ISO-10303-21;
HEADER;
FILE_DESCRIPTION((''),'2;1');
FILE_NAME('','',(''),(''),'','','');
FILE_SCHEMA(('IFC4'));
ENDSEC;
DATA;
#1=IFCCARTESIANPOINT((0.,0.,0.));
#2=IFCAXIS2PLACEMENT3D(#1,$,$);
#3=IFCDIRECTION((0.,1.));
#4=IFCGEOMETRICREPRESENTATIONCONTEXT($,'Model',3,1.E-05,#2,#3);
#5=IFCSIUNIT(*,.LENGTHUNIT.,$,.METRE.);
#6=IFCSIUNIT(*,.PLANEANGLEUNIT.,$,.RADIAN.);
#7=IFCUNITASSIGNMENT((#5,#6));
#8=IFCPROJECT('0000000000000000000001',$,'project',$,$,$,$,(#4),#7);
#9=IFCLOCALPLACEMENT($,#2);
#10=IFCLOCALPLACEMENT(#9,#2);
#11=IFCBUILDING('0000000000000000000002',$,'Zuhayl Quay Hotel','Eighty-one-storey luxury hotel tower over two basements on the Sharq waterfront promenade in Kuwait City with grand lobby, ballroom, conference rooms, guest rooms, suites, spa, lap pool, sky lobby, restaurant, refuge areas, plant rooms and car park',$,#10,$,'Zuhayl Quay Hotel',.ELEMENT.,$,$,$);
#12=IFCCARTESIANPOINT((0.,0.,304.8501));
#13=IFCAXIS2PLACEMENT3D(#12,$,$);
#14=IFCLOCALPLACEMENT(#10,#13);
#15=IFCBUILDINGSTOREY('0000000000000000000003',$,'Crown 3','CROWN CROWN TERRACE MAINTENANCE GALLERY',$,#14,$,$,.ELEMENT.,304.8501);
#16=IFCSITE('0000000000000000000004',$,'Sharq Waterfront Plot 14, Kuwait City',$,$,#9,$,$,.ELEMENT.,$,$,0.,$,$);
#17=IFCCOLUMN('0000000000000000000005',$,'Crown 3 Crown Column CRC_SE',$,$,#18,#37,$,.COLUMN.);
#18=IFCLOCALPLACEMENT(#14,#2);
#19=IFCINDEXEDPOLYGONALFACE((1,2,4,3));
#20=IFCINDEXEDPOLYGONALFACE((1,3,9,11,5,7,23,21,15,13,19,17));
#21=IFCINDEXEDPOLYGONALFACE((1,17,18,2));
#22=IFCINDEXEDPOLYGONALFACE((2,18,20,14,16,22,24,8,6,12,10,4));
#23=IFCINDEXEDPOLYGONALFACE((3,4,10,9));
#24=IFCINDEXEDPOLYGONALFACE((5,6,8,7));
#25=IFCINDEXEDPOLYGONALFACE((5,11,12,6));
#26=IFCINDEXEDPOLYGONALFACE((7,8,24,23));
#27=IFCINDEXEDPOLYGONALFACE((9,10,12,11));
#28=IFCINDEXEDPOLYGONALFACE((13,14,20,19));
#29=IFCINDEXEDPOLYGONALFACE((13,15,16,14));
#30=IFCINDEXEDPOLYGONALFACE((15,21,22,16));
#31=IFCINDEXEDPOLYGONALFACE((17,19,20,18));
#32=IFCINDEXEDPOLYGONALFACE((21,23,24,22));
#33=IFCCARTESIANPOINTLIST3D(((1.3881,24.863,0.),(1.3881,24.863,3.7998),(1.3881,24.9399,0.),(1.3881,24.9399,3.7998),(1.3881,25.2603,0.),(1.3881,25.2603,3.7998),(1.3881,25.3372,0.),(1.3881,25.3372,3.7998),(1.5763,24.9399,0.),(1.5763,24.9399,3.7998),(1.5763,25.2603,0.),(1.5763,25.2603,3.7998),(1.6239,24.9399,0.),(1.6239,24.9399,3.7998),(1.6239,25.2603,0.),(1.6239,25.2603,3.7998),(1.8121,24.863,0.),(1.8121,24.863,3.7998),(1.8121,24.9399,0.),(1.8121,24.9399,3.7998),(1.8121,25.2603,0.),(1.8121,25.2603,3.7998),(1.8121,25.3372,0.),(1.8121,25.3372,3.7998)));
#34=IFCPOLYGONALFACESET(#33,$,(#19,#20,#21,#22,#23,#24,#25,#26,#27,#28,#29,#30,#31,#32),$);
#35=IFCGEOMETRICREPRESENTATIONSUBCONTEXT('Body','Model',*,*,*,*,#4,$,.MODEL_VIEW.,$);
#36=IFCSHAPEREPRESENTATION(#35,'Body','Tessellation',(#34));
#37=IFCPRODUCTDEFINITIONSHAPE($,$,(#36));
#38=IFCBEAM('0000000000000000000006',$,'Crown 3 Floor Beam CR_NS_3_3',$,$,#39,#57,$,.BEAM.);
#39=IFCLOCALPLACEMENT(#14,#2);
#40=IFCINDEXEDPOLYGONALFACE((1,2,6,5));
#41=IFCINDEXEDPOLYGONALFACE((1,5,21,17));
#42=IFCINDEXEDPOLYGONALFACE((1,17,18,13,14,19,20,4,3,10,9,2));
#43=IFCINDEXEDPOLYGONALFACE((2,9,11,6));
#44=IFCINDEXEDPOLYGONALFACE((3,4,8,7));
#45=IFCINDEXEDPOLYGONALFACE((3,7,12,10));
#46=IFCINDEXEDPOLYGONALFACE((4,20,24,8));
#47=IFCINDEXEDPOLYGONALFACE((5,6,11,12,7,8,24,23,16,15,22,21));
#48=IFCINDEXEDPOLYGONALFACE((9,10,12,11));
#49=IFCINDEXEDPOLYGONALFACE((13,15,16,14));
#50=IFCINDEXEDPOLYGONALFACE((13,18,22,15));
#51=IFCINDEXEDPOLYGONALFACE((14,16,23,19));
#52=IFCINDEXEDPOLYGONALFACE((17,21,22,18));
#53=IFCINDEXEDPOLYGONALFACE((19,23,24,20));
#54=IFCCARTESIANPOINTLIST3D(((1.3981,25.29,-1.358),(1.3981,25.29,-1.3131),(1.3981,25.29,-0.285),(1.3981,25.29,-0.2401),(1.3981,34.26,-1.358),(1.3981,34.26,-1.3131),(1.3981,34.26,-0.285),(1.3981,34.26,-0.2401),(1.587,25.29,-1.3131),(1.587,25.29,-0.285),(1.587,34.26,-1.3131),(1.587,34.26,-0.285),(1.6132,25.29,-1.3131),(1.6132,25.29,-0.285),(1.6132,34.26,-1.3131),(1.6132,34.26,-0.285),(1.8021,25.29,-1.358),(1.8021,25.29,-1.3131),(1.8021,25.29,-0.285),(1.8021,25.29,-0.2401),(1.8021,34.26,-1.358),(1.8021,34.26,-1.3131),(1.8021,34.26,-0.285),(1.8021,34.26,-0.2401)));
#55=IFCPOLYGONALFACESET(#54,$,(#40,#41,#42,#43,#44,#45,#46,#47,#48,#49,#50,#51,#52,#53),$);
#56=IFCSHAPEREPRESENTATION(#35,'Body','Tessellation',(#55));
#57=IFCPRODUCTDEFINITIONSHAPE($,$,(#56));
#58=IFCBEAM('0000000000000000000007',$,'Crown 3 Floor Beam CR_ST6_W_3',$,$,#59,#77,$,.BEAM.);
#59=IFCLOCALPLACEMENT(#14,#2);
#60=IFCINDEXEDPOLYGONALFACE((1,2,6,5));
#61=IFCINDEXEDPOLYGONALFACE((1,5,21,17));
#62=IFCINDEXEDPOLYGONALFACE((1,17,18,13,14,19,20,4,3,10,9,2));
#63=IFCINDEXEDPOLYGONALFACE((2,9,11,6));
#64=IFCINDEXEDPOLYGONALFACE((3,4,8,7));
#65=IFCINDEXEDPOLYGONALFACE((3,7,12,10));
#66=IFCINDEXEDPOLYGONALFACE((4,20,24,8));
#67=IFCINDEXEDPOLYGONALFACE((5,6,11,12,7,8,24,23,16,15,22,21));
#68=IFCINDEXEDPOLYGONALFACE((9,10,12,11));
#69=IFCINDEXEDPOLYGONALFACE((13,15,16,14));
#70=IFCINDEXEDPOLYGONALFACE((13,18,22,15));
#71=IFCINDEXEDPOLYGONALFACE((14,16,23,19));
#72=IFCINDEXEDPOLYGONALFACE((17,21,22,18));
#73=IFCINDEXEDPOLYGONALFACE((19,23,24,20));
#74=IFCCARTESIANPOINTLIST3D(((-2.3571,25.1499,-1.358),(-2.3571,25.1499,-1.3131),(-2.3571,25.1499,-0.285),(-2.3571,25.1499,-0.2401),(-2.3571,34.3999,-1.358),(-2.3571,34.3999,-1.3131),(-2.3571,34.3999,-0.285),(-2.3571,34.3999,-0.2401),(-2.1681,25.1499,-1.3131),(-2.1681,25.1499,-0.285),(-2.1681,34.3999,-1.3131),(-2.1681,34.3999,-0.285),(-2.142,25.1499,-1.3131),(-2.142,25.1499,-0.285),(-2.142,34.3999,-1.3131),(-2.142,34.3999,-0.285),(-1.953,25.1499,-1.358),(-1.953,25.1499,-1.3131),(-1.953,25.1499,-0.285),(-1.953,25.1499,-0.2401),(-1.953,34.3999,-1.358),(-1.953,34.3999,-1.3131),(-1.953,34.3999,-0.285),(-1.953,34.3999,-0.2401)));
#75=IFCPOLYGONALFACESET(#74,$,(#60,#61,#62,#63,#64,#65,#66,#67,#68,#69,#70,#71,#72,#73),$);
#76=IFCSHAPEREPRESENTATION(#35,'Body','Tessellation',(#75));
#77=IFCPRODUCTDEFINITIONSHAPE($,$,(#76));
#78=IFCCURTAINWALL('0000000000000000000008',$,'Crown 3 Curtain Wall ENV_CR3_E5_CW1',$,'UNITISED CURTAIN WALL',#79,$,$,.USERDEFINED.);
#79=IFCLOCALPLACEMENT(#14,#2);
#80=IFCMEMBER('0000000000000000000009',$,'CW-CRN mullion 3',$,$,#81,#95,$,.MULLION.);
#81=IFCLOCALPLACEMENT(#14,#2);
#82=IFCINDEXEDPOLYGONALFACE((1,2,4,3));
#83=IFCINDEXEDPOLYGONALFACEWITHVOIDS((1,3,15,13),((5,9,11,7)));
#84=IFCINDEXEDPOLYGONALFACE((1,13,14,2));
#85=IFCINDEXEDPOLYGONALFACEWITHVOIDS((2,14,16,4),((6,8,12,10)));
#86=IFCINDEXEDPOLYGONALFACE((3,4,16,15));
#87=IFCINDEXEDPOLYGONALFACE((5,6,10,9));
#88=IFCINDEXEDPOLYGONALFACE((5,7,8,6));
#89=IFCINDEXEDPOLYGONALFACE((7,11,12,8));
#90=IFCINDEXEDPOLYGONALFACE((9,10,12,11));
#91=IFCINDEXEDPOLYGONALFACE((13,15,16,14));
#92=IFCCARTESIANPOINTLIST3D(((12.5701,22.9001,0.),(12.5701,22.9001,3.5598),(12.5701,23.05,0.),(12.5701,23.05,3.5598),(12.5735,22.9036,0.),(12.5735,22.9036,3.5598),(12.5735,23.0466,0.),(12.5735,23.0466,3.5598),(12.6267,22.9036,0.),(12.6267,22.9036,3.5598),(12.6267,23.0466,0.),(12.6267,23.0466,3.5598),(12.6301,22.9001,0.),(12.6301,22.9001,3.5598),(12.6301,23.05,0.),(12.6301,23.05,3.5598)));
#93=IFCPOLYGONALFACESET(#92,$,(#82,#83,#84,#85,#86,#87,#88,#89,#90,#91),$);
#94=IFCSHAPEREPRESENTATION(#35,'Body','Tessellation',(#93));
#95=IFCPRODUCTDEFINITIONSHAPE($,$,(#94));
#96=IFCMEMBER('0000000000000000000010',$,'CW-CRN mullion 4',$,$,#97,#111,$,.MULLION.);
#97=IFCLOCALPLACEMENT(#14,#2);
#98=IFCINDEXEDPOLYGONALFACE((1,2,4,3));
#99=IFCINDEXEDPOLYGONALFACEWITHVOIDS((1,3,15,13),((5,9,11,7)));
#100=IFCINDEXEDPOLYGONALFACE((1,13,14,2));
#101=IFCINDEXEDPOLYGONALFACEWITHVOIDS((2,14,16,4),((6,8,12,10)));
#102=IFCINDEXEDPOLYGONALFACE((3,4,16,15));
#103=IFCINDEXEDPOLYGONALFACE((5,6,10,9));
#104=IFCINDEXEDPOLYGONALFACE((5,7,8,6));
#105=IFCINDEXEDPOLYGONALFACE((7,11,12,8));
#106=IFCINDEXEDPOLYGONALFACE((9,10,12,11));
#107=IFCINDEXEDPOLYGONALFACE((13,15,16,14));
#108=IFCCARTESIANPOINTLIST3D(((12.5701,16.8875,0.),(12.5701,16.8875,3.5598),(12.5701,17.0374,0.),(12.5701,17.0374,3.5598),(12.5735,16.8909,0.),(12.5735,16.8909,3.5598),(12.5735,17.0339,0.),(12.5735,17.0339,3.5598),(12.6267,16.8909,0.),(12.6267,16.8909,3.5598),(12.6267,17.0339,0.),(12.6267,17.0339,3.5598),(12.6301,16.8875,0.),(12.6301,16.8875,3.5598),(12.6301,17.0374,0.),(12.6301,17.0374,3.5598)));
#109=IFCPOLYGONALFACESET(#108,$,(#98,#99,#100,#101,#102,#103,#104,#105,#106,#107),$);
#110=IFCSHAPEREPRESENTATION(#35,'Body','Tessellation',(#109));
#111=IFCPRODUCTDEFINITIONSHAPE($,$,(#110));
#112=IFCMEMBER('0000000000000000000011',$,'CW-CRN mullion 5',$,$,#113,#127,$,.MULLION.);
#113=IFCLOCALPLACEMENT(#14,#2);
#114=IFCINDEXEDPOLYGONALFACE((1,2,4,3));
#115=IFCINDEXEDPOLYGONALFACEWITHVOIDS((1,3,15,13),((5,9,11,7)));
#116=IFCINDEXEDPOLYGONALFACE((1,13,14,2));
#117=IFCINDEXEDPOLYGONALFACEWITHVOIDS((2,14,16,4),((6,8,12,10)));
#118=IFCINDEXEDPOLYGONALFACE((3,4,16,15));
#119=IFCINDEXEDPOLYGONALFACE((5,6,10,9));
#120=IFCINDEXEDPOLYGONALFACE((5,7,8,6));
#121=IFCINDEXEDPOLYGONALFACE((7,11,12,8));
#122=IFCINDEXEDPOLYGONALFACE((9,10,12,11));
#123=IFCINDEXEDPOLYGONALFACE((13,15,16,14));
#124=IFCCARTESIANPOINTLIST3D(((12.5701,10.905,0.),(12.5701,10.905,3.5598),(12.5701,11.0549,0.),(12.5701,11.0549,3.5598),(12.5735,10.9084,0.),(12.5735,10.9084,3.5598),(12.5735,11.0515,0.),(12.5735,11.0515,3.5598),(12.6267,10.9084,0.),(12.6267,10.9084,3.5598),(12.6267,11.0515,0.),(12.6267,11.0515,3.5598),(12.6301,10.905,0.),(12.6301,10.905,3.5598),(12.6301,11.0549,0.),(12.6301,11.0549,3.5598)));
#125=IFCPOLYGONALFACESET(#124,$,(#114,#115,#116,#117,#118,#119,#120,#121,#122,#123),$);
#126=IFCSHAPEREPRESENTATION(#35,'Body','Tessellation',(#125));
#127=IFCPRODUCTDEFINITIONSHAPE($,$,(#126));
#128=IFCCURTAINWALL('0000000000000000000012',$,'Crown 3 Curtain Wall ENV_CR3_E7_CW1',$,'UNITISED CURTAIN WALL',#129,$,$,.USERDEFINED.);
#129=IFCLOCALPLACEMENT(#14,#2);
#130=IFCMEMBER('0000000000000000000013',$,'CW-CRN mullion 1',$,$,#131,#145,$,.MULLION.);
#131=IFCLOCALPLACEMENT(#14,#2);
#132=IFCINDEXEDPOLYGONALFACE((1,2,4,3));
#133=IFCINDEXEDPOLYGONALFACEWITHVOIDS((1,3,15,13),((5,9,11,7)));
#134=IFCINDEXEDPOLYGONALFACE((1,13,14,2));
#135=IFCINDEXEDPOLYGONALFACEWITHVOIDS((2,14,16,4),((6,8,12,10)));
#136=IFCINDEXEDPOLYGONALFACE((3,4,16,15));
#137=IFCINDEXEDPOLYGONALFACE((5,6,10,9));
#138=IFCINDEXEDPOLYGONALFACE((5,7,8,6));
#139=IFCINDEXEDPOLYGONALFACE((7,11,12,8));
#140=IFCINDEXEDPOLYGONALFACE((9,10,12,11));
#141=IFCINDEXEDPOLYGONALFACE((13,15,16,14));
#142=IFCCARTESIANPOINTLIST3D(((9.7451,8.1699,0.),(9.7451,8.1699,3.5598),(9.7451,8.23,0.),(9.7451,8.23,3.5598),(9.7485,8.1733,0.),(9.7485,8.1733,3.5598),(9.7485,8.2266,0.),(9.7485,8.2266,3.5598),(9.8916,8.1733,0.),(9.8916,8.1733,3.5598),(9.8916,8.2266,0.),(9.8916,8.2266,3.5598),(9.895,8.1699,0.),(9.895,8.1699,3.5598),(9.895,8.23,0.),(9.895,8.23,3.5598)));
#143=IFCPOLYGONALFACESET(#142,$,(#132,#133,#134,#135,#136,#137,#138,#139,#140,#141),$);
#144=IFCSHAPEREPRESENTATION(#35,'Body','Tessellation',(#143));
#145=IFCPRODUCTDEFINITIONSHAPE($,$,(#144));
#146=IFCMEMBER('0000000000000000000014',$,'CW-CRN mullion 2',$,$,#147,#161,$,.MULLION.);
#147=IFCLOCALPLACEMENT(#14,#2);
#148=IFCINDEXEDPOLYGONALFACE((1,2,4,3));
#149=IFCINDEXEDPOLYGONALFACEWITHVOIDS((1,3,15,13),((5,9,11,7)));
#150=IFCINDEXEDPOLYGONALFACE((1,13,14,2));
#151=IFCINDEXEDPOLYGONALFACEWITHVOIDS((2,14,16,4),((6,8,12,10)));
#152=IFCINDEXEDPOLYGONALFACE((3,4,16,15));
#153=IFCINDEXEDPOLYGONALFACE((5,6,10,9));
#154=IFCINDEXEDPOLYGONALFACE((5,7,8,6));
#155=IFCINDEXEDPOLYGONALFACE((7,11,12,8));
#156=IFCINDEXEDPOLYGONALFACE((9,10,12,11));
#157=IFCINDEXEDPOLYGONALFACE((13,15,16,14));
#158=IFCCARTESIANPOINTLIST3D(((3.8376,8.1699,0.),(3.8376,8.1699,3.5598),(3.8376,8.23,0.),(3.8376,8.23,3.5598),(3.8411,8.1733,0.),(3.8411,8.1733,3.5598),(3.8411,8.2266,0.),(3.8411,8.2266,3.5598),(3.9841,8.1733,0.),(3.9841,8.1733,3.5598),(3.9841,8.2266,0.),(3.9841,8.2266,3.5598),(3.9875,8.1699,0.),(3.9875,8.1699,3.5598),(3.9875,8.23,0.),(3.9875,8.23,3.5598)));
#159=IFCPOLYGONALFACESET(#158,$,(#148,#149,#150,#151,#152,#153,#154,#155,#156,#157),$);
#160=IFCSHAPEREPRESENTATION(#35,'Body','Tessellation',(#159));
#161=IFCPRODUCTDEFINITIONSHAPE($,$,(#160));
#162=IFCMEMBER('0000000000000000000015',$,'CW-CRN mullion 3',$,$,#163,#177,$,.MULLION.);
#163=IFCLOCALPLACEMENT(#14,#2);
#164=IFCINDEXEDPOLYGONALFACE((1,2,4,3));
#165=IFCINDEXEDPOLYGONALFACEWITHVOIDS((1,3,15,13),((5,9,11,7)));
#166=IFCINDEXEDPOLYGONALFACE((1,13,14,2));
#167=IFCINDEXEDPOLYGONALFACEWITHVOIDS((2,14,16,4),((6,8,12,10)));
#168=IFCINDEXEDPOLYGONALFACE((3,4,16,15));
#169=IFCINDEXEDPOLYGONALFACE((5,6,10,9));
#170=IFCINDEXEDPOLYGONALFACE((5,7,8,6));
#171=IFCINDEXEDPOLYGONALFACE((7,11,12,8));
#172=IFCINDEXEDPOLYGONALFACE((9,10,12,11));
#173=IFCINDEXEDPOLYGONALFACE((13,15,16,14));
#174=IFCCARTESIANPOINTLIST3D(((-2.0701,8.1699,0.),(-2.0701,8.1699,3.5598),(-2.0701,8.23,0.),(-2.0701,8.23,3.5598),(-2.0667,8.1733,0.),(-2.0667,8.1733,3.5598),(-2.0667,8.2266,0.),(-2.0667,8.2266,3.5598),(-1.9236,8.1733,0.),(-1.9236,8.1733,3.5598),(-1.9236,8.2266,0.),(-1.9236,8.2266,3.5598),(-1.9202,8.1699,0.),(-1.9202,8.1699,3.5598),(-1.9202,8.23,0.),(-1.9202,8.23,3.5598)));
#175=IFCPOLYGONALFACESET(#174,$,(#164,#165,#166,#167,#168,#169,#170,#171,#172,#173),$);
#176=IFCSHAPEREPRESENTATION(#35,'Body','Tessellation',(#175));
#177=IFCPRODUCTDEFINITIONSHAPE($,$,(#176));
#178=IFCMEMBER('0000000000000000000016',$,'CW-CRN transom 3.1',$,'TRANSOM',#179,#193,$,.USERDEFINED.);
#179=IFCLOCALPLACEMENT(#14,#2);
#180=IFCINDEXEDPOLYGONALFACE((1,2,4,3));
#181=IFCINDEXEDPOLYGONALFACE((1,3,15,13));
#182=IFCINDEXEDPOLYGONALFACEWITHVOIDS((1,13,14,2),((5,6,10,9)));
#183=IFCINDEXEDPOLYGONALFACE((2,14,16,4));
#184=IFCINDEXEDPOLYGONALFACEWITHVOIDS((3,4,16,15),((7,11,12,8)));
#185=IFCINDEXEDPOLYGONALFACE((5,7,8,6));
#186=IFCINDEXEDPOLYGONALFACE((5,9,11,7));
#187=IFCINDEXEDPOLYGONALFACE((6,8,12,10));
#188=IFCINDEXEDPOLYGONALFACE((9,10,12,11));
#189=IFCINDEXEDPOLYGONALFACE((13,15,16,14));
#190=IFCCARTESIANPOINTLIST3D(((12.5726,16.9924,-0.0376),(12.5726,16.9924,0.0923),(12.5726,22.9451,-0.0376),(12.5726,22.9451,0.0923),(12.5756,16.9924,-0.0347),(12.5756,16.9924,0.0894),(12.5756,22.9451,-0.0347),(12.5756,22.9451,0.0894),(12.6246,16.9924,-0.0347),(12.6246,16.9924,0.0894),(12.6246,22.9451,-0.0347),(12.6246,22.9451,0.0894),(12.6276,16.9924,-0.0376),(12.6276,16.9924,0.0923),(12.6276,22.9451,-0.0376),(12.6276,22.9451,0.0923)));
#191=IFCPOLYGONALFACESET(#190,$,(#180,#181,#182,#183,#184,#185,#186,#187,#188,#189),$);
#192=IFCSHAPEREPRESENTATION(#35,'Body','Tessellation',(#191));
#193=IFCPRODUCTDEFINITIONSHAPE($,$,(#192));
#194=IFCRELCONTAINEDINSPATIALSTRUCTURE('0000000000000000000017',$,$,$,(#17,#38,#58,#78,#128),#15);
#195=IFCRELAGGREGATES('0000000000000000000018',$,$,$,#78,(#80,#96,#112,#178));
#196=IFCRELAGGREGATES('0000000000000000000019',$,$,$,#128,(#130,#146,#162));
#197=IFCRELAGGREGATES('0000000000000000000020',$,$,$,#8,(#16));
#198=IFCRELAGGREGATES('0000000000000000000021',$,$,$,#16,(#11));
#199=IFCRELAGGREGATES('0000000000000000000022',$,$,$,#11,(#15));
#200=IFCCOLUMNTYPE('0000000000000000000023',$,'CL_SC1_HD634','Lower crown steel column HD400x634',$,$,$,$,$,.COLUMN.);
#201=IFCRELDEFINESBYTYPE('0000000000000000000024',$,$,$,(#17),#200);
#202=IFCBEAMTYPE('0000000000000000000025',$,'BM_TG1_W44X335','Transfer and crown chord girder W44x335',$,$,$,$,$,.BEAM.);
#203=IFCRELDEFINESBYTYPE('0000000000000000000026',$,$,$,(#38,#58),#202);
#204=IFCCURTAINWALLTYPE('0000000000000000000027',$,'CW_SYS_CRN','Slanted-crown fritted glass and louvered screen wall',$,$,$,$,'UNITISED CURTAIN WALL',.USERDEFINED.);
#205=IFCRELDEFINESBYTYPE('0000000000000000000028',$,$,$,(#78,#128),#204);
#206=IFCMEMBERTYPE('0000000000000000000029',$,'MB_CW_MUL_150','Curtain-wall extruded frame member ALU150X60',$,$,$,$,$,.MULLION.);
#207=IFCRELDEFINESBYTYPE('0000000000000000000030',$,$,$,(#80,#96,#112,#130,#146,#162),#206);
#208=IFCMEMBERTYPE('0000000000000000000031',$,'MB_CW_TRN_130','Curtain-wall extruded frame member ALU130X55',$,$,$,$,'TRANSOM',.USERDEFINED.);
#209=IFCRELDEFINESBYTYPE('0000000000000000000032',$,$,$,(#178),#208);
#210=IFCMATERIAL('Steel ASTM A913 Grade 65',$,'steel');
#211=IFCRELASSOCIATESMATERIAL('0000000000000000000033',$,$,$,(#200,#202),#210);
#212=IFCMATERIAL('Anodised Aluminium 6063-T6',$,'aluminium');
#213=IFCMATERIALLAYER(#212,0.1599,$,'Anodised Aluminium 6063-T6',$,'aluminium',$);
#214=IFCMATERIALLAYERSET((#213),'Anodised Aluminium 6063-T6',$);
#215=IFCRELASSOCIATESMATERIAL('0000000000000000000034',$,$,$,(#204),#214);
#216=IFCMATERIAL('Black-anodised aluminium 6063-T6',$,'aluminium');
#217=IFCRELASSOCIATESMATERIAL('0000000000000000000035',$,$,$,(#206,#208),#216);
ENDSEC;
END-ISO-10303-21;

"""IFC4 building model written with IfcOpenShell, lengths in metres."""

from ifc_helpers import new_model, si_unit, direction, frame, origin, origin_2d, place, context, subcontext, project, spatial, hollow_rectangle, i_section, extrude, material, layer, layer_set, material_profile, profile_set, type_object, element, aggregate, save


model = new_model("IFC4")

# Units and contexts
model_context = context("Model", 3, precision=1e-05, world=origin(), true_north=direction((0.0, 1.0)))
body_context = subcontext(model_context, "Body", "Model", "MODEL_VIEW")
ifc_project = project(units=[si_unit("LENGTHUNIT", "METRE"), si_unit("PLANEANGLEUNIT", "RADIAN")], contexts=[model_context])

# Site, building, storey
site_placement = place(None, origin())
site = spatial("IfcSite", under=ifc_project, at=site_placement, Name="Sharq Waterfront Plot 14, Kuwait City", CompositionType="ELEMENT", RefElevation=0.0)
building_placement = place(site_placement, origin())
building = spatial("IfcBuilding", under=site, at=building_placement, Name="Zuhayl Quay Hotel", Description="Eighty-one-storey luxury hotel tower over two basements on the Sharq waterfront promenade in Kuwait City with grand lobby, ballroom, conference rooms, guest rooms, suites, spa, lap pool, sky lobby, restaurant, refuge areas, plant rooms and car park", LongName="Zuhayl Quay Hotel", CompositionType="ELEMENT")
storey_placement = place(building_placement, frame((0.0, 0.0, 304.8501)))
storey = spatial("IfcBuildingStorey", under=building, at=storey_placement, Name="Crown 3", Description="CROWN CROWN TERRACE MAINTENANCE GALLERY", CompositionType="ELEMENT", Elevation=304.8501)

# Column
ifc_material_1 = material(Name="Steel ASTM A913 Grade 65", Category="steel")
ifc_material_profile_1 = material_profile(ifc_material_1, i_section(OverallWidth=0.4241, OverallDepth=0.4741, WebThickness=0.0476, FlangeThickness=0.0769, at=origin_2d()), Name="HD400X634")
ifc_profile_set_1 = profile_set([ifc_material_profile_1], Name="Steel ASTM A913 Grade 65")
column_type = type_object("IfcColumnType", Name="CL_SC1_HD634", Description="Lower crown steel column HD400x634", PredefinedType="COLUMN", material=ifc_profile_set_1)
column_placement = place(storey_placement, frame((1.6001, 25.1001, 0.0), z_axis=(0.0, 0.0, 1.0), x_axis=(1.0, 0.0, 0.0)))
element("IfcColumn", 1, at=column_placement, inside=storey, type_object=column_type, Name="Crown 3 Crown Column CRC_SE", PredefinedType="COLUMN", context=body_context, shape_type="SweptSolid", body=[
    extrude(i_section(OverallWidth=0.4241, OverallDepth=0.4741, WebThickness=0.0476, FlangeThickness=0.0769, at=origin_2d()), origin(), (0.0, 0.0, 1.0), 3.7998),
])

# Beams
ifc_material_profile_2 = material_profile(ifc_material_1, i_section(OverallWidth=0.4041, OverallDepth=1.1179, WebThickness=0.0261, FlangeThickness=0.0449, at=origin_2d()), Name="W44X335")
ifc_profile_set_2 = profile_set([ifc_material_profile_2], Name="Steel ASTM A913 Grade 65")
beam_type = type_object("IfcBeamType", Name="BM_TG1_W44X335", Description="Transfer and crown chord girder W44x335", PredefinedType="BEAM", material=ifc_profile_set_2)
beam_1_placement = place(storey_placement, frame((1.6001, 25.29, -0.7991), z_axis=(0.0, 1.0, 0.0), x_axis=(-1.0, 0.0, 0.0)))
element("IfcBeam", 2, at=beam_1_placement, inside=storey, type_object=beam_type, Name="Crown 3 Floor Beam CR_NS_3_3", PredefinedType="BEAM", context=body_context, shape_type="SweptSolid", body=[
    extrude(i_section(OverallWidth=0.4041, OverallDepth=1.1179, WebThickness=0.0261, FlangeThickness=0.0449, at=origin_2d()), origin(), (0.0, 0.0, 1.0), 8.97),
])
beam_2_placement = place(storey_placement, frame((-2.155, 25.1499, -0.7991), z_axis=(0.0, 1.0, 0.0), x_axis=(-1.0, 0.0, 0.0)))
element("IfcBeam", 3, at=beam_2_placement, inside=storey, type_object=beam_type, Name="Crown 3 Floor Beam CR_ST6_W_3", PredefinedType="BEAM", context=body_context, shape_type="SweptSolid", body=[
    extrude(i_section(OverallWidth=0.4041, OverallDepth=1.1179, WebThickness=0.0261, FlangeThickness=0.0449, at=origin_2d()), origin(), (0.0, 0.0, 1.0), 9.25),
])

# Curtain walls, members
ifc_material_2 = material(Name="Anodised Aluminium 6063-T6", Category="aluminium")
ifc_layer_1 = layer(ifc_material_2, 0.1599, Name="Anodised Aluminium 6063-T6", Category="aluminium")
ifc_layer_set_1 = layer_set([ifc_layer_1], Name="Anodised Aluminium 6063-T6")
curtain_wall_type = type_object("IfcCurtainWallType", Name="CW_SYS_CRN", Description="Slanted-crown fritted glass and louvered screen wall", ElementType="UNITISED CURTAIN WALL", PredefinedType="USERDEFINED", material=ifc_layer_set_1)
curtain_wall_1_placement = place(storey_placement, origin())
curtain_wall_1 = element("IfcCurtainWall", 4, at=curtain_wall_1_placement, inside=storey, type_object=curtain_wall_type, Name="Crown 3 Curtain Wall ENV_CR3_E5_CW1", ObjectType="UNITISED CURTAIN WALL", PredefinedType="USERDEFINED")
ifc_material_3 = material(Name="Black-anodised aluminium 6063-T6", Category="aluminium")
ifc_material_profile_3 = material_profile(ifc_material_3, hollow_rectangle(XDim=0.0601, YDim=0.1499, WallThickness=0.0034, at=origin_2d()), Name="ALU150X60")
ifc_profile_set_3 = profile_set([ifc_material_profile_3], Name="Black-anodised aluminium 6063-T6")
member_type_1 = type_object("IfcMemberType", Name="MB_CW_MUL_150", Description="Curtain-wall extruded frame member ALU150X60", PredefinedType="MULLION", material=ifc_profile_set_3)
member_1_placement = place(storey_placement, frame((12.6001, 22.9751, 0.0), z_axis=(0.0, 0.0, 1.0), x_axis=(1.0, 0.0, 0.0)))
member_1 = element("IfcMember", 5, at=member_1_placement, type_object=member_type_1, Name="CW-CRN mullion 3", PredefinedType="MULLION", context=body_context, shape_type="SweptSolid", body=[
    extrude(hollow_rectangle(XDim=0.0601, YDim=0.1499, WallThickness=0.0034, at=origin_2d()), origin(), (0.0, 0.0, 1.0), 3.5598),
])
member_2_placement = place(storey_placement, frame((12.6001, 16.9624, 0.0), z_axis=(0.0, 0.0, 1.0), x_axis=(1.0, 0.0, 0.0)))
member_2 = element("IfcMember", 6, at=member_2_placement, type_object=member_type_1, Name="CW-CRN mullion 4", PredefinedType="MULLION", context=body_context, shape_type="SweptSolid", body=[
    extrude(hollow_rectangle(XDim=0.0601, YDim=0.1499, WallThickness=0.0034, at=origin_2d()), origin(), (0.0, 0.0, 1.0), 3.5598),
])
member_3_placement = place(storey_placement, frame((12.6001, 10.98, 0.0), z_axis=(0.0, 0.0, 1.0), x_axis=(1.0, 0.0, 0.0)))
member_3 = element("IfcMember", 7, at=member_3_placement, type_object=member_type_1, Name="CW-CRN mullion 5", PredefinedType="MULLION", context=body_context, shape_type="SweptSolid", body=[
    extrude(hollow_rectangle(XDim=0.0601, YDim=0.1499, WallThickness=0.0034, at=origin_2d()), origin(), (0.0, 0.0, 1.0), 3.5598),
])
curtain_wall_2_placement = place(storey_placement, origin())
curtain_wall_2 = element("IfcCurtainWall", 8, at=curtain_wall_2_placement, inside=storey, type_object=curtain_wall_type, Name="Crown 3 Curtain Wall ENV_CR3_E7_CW1", ObjectType="UNITISED CURTAIN WALL", PredefinedType="USERDEFINED")
member_4_placement = place(storey_placement, frame((9.8201, 8.2, 0.0), z_axis=(0.0, 0.0, 1.0), x_axis=(0.0, -1.0, 0.0)))
member_4 = element("IfcMember", 9, at=member_4_placement, type_object=member_type_1, Name="CW-CRN mullion 1", PredefinedType="MULLION", context=body_context, shape_type="SweptSolid", body=[
    extrude(hollow_rectangle(XDim=0.0601, YDim=0.1499, WallThickness=0.0034, at=origin_2d()), origin(), (0.0, 0.0, 1.0), 3.5598),
])
member_5_placement = place(storey_placement, frame((3.9126, 8.2, 0.0), z_axis=(0.0, 0.0, 1.0), x_axis=(0.0, -1.0, 0.0)))
member_5 = element("IfcMember", 10, at=member_5_placement, type_object=member_type_1, Name="CW-CRN mullion 2", PredefinedType="MULLION", context=body_context, shape_type="SweptSolid", body=[
    extrude(hollow_rectangle(XDim=0.0601, YDim=0.1499, WallThickness=0.0034, at=origin_2d()), origin(), (0.0, 0.0, 1.0), 3.5598),
])
member_6_placement = place(storey_placement, frame((-1.9951, 8.2, 0.0), z_axis=(0.0, 0.0, 1.0), x_axis=(0.0, -1.0, 0.0)))
member_6 = element("IfcMember", 11, at=member_6_placement, type_object=member_type_1, Name="CW-CRN mullion 3", PredefinedType="MULLION", context=body_context, shape_type="SweptSolid", body=[
    extrude(hollow_rectangle(XDim=0.0601, YDim=0.1499, WallThickness=0.0034, at=origin_2d()), origin(), (0.0, 0.0, 1.0), 3.5598),
])

# Member
ifc_material_profile_4 = material_profile(ifc_material_3, hollow_rectangle(XDim=0.0549, YDim=0.1299, WallThickness=0.0029, at=origin_2d()), Name="ALU130X55")
ifc_profile_set_4 = profile_set([ifc_material_profile_4], Name="Black-anodised aluminium 6063-T6")
member_type_2 = type_object("IfcMemberType", Name="MB_CW_TRN_130", Description="Curtain-wall extruded frame member ALU130X55", ElementType="TRANSOM", PredefinedType="USERDEFINED", material=ifc_profile_set_4)
member_7_placement = place(storey_placement, frame((12.6001, 22.9451, 0.0273), z_axis=(0.0, -1.0, 0.0), x_axis=(1.0, 0.0, 0.0)))
member_7 = element("IfcMember", 12, at=member_7_placement, type_object=member_type_2, Name="CW-CRN transom 3.1", ObjectType="TRANSOM", PredefinedType="USERDEFINED", context=body_context, shape_type="SweptSolid", body=[
    extrude(hollow_rectangle(XDim=0.0549, YDim=0.1299, WallThickness=0.0029, at=origin_2d()), origin(), (0.0, 0.0, 1.0), 5.9526),
])

aggregate(curtain_wall_1, [member_1, member_2, member_3, member_7])
aggregate(curtain_wall_2, [member_4, member_5, member_6])

save(model, "model.ifc")
